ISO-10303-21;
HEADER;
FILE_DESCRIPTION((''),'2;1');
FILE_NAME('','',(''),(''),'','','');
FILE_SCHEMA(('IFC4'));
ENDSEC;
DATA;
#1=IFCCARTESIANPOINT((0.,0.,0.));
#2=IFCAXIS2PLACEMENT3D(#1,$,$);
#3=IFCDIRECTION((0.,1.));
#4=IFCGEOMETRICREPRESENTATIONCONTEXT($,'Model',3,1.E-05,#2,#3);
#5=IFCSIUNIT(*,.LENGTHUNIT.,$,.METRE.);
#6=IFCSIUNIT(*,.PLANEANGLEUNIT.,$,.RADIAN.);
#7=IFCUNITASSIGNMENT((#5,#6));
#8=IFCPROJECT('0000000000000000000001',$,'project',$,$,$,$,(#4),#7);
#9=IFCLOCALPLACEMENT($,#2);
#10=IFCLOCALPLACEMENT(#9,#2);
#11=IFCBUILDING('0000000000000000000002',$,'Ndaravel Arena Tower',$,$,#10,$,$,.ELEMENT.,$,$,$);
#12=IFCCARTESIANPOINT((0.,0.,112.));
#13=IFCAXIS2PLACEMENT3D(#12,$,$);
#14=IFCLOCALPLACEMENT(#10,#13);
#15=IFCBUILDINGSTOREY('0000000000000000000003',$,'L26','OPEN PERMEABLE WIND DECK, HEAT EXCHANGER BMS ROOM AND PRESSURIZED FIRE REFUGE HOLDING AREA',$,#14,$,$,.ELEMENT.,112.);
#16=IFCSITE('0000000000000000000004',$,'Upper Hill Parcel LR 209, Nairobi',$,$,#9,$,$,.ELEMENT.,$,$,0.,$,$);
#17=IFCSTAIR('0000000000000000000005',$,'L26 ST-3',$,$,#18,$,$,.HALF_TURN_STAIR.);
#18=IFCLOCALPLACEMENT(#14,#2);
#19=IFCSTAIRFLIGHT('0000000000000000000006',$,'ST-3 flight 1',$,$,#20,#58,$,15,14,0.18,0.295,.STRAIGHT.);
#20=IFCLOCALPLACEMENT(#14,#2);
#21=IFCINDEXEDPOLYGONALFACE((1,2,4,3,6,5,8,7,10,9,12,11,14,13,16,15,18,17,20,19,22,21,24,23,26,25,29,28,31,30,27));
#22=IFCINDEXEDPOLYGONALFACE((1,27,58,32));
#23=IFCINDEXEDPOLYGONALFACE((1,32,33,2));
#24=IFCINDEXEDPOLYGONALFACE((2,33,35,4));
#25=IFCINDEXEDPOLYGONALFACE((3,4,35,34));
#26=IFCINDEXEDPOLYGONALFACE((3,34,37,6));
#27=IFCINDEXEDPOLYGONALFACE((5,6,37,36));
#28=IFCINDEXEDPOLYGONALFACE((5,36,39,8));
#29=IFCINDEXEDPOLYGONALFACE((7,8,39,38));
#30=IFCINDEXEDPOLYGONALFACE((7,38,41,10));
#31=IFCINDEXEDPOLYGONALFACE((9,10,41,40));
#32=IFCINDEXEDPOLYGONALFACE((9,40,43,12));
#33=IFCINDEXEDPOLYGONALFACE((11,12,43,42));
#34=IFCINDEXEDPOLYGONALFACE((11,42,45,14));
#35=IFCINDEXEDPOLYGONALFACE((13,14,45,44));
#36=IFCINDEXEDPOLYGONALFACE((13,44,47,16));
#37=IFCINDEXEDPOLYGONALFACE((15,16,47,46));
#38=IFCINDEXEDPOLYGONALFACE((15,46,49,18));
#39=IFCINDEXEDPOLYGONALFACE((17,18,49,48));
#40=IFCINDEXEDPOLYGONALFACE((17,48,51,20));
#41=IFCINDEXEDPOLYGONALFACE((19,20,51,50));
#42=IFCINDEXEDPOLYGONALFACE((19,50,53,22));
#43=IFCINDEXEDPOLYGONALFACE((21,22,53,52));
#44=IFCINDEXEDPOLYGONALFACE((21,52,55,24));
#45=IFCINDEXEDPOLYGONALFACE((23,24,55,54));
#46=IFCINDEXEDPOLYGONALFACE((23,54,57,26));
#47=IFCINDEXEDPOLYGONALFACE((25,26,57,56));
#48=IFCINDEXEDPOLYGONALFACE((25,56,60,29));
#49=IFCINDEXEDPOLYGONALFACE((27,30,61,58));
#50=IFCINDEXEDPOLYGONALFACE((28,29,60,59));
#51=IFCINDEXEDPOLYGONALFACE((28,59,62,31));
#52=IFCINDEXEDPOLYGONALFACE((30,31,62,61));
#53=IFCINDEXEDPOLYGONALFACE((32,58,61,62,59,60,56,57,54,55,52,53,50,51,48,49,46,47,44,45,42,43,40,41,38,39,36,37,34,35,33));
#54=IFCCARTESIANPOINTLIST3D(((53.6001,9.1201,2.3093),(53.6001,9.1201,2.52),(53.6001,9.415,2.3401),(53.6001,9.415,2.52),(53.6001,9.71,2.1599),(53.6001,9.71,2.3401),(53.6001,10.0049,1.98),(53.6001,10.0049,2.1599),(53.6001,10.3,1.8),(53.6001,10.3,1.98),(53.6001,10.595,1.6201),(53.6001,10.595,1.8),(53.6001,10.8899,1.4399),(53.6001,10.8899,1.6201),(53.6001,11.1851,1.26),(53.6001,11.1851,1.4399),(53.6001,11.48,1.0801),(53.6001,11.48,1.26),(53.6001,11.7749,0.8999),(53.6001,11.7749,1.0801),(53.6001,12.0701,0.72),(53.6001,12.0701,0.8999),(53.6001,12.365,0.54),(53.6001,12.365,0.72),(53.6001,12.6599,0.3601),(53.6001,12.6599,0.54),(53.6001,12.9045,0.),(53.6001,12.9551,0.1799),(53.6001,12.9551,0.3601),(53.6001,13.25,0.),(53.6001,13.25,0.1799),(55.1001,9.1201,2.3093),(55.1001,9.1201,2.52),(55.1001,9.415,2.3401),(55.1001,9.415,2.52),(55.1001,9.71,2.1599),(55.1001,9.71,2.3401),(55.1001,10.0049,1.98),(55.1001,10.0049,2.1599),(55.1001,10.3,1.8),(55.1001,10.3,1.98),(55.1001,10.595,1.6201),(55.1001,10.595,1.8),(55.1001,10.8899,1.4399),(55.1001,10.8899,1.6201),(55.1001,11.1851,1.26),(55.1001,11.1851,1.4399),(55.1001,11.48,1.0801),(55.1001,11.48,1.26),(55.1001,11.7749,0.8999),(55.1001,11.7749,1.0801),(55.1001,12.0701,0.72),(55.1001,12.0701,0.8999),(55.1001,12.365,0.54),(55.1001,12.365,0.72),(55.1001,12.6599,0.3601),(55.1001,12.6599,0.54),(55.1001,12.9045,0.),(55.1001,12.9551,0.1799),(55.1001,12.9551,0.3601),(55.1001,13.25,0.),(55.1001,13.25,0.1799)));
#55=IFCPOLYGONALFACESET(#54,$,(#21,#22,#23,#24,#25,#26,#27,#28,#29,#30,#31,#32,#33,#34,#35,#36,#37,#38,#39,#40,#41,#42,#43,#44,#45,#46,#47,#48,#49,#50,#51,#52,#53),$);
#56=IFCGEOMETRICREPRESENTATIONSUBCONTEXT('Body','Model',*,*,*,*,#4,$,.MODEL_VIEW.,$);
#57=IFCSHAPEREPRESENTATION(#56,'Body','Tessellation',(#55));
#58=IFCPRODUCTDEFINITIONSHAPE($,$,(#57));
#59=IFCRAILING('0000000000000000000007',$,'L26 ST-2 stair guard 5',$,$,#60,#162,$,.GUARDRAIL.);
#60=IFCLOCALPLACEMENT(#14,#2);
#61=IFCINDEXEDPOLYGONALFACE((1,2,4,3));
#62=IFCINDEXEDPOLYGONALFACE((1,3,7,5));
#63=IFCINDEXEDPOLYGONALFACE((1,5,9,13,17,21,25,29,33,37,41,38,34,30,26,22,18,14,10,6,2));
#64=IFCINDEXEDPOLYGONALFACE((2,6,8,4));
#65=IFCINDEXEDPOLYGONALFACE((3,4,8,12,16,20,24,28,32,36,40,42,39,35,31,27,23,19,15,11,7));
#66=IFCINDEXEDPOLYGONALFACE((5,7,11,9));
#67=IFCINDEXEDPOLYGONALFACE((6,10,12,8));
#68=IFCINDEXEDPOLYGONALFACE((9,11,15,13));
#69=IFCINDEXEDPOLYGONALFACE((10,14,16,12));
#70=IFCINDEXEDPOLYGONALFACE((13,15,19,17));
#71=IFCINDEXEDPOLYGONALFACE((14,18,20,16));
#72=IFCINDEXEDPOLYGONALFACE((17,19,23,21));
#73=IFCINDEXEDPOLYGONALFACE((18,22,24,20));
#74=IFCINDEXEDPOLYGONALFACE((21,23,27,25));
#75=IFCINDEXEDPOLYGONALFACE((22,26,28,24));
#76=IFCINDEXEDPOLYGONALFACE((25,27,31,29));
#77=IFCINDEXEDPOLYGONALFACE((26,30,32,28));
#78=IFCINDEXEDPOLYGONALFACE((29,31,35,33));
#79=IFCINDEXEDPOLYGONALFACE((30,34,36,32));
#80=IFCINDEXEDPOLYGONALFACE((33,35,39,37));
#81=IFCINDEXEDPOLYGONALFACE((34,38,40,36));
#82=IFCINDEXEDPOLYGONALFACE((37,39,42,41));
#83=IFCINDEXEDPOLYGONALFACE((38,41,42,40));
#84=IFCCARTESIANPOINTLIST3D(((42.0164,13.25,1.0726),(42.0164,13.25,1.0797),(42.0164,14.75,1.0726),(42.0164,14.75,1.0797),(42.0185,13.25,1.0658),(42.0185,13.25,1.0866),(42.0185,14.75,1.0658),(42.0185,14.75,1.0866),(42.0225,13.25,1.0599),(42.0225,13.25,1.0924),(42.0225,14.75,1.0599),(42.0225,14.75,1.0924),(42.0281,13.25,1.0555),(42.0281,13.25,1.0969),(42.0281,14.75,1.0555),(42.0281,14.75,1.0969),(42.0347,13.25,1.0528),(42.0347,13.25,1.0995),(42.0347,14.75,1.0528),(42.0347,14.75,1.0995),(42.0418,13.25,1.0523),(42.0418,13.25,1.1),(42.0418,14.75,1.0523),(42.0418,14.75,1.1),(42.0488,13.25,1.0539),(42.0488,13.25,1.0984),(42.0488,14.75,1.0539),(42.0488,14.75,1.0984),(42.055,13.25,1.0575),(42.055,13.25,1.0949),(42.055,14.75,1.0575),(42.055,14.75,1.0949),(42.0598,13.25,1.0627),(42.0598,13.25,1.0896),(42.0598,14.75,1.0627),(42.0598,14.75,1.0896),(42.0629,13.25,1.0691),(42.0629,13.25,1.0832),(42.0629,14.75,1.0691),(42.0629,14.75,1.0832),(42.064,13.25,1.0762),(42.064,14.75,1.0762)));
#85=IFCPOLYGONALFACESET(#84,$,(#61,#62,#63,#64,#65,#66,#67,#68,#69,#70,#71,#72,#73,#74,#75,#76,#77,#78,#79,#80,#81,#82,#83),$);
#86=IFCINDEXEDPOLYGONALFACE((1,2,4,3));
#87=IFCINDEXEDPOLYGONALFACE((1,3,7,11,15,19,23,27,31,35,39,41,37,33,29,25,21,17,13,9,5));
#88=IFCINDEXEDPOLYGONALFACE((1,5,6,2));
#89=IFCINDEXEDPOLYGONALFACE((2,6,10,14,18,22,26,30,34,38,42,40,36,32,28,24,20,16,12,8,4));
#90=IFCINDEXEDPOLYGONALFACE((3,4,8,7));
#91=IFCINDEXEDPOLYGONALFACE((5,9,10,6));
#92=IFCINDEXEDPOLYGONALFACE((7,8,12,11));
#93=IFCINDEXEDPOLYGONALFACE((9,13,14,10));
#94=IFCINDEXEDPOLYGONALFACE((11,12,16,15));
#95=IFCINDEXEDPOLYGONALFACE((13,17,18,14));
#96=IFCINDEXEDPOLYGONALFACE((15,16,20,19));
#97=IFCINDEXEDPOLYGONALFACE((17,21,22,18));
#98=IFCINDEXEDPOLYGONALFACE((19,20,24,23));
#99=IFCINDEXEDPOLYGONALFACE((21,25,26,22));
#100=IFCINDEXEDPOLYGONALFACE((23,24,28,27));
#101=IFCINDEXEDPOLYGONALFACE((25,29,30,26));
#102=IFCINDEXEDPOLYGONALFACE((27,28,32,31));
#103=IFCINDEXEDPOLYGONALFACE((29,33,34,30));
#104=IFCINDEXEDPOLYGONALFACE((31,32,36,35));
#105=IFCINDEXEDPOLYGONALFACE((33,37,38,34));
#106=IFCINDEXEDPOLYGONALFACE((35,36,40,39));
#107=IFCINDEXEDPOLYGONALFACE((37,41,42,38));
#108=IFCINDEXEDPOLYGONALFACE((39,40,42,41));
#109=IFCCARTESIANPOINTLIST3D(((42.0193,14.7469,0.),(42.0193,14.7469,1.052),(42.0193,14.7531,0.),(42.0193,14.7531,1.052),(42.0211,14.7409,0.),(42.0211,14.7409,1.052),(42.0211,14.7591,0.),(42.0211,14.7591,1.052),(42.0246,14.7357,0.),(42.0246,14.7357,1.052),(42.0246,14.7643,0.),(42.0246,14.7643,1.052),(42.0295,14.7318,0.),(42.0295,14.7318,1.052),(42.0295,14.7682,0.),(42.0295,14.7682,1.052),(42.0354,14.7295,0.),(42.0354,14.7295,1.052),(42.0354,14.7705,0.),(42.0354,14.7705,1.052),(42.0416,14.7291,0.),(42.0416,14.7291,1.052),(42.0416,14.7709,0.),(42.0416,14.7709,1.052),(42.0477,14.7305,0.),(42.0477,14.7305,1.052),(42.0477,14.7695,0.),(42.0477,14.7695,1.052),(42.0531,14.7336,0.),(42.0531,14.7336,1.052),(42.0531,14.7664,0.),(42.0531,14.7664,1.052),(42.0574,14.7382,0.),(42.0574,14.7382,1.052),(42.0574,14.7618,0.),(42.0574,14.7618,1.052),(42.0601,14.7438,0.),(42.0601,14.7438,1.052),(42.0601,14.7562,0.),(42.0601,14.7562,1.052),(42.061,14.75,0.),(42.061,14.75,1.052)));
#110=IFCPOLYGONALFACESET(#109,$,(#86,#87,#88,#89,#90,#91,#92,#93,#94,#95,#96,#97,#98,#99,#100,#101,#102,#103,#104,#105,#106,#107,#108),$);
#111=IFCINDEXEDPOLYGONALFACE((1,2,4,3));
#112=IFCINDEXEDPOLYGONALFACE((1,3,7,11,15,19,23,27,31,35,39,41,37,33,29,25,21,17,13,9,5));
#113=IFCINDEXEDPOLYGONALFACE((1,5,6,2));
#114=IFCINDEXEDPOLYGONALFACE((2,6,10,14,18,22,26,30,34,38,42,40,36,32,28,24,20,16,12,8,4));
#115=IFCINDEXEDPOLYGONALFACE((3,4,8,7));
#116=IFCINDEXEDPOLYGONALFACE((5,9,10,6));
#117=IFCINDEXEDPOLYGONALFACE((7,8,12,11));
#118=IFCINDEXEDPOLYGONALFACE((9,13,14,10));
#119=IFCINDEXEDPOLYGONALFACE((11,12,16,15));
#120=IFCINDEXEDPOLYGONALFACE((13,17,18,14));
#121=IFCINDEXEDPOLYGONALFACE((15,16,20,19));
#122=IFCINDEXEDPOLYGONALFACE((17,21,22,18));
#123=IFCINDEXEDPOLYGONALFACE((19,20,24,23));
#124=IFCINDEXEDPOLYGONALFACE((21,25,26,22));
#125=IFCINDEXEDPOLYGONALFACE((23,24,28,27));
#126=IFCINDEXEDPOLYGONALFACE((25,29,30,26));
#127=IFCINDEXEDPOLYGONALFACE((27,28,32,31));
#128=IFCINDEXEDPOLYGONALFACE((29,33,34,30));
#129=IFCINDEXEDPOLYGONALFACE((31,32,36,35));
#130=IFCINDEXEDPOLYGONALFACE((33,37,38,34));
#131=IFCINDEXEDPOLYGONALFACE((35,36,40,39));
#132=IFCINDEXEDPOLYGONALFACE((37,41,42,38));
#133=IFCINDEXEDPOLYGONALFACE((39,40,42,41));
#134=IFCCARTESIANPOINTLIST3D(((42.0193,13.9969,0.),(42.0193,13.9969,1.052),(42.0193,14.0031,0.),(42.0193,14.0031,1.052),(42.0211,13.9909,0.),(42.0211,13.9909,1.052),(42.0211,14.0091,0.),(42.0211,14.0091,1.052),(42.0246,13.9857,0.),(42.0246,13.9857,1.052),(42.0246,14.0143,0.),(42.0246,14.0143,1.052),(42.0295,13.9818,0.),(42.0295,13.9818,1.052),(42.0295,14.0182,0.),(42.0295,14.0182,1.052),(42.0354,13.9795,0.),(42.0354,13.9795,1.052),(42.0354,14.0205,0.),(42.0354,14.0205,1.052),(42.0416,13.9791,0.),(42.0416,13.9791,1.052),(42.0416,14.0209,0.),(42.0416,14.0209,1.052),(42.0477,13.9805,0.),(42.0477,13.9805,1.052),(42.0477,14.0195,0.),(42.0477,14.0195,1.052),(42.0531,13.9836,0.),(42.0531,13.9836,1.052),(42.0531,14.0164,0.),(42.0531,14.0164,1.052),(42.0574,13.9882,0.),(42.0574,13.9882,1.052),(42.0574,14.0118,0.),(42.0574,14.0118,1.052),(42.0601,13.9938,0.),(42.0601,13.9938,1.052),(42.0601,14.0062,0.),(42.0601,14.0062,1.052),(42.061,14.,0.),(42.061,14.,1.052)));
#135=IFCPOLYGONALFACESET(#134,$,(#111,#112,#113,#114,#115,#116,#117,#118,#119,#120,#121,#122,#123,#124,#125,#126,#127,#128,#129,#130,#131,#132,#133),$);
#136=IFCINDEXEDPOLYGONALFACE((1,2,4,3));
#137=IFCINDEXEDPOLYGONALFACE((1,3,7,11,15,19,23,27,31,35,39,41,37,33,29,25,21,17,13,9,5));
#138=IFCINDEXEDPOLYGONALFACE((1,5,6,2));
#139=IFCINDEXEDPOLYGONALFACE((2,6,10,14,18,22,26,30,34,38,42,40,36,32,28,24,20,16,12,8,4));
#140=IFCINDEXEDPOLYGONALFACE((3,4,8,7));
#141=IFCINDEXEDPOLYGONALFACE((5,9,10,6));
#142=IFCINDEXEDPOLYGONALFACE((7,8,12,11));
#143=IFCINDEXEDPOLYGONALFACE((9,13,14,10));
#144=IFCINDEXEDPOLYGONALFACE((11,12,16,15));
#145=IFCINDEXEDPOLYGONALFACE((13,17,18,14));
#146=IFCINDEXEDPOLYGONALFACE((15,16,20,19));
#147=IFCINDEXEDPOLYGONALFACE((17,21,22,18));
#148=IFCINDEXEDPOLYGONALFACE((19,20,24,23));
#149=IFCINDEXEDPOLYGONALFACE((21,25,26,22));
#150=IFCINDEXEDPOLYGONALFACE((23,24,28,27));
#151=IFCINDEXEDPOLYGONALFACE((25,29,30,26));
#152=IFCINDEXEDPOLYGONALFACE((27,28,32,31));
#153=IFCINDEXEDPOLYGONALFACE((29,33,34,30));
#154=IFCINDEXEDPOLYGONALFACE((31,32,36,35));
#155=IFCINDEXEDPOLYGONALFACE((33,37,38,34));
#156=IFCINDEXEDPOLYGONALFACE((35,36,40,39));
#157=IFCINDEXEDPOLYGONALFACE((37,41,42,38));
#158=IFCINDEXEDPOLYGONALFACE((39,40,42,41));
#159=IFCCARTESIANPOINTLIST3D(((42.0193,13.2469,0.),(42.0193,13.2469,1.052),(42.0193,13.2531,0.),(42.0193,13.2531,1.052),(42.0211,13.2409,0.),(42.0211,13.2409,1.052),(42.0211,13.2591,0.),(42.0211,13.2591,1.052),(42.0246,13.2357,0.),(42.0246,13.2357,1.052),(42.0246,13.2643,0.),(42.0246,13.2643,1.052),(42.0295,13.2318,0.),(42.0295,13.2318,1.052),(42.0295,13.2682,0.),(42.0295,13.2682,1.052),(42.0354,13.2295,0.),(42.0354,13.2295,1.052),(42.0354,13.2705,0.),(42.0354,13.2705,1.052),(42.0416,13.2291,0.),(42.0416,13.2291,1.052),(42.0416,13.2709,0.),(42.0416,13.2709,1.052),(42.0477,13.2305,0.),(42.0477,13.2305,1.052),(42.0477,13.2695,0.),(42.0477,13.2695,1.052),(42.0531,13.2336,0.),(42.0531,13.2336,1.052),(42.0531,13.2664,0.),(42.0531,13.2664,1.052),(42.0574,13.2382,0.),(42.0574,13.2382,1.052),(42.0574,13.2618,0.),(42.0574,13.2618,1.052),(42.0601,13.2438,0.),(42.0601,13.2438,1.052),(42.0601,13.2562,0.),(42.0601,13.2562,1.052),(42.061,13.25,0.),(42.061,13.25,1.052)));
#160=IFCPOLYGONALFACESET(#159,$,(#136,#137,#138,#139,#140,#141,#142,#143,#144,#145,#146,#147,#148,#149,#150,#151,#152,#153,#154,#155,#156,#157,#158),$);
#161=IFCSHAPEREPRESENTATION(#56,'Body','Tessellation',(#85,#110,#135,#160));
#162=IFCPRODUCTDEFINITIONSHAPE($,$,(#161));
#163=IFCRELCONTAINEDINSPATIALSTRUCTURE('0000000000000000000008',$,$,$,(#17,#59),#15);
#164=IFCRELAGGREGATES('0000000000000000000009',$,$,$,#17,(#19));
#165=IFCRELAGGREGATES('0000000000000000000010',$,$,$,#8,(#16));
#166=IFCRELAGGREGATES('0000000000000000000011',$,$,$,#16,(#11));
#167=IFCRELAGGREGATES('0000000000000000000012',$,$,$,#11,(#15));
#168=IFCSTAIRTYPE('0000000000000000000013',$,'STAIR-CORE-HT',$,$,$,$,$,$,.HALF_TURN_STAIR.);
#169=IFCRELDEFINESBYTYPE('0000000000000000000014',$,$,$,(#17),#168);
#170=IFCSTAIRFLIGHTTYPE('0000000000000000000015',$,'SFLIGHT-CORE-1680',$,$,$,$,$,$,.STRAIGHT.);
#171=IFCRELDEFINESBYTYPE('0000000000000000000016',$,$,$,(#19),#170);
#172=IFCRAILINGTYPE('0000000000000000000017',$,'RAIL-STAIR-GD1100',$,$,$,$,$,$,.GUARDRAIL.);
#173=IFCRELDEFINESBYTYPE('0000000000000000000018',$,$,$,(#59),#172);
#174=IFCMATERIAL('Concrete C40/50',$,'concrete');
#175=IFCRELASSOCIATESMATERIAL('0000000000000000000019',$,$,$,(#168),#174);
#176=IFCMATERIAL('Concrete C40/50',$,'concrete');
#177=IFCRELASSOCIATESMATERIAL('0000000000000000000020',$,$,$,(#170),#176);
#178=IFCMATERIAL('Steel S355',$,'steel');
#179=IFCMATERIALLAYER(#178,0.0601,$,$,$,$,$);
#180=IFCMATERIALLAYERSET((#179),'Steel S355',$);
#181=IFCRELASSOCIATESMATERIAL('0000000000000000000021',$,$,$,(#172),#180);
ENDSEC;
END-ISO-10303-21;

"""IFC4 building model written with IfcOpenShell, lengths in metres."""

from ifc_helpers import new_model, si_unit, direction, frame, origin, origin_2d, place, context, subcontext, project, spatial, polyline, circle, outline, extrude, material, layer, layer_set, type_object, element, aggregate, save


model = new_model("IFC4")

# Units and contexts
model_context = context("Model", 3, precision=1e-05, world=origin(), true_north=direction((0.0, 1.0)))
body_context = subcontext(model_context, "Body", "Model", "MODEL_VIEW")
ifc_project = project(units=[si_unit("LENGTHUNIT", "METRE"), si_unit("PLANEANGLEUNIT", "RADIAN")], contexts=[model_context])

# Site, building, storey
site_placement = place(None, origin())
site = spatial("IfcSite", under=ifc_project, at=site_placement, Name="Upper Hill Parcel LR 209, Nairobi", CompositionType="ELEMENT", RefElevation=0.0)
building_placement = place(site_placement, origin())
building = spatial("IfcBuilding", under=site, at=building_placement, Name="Ndaravel Arena Tower", CompositionType="ELEMENT")
storey_placement = place(building_placement, frame((0.0, 0.0, 112.0)))
storey = spatial("IfcBuildingStorey", under=building, at=storey_placement, Name="L26", Description="OPEN PERMEABLE WIND DECK, HEAT EXCHANGER BMS ROOM AND PRESSURIZED FIRE REFUGE HOLDING AREA", CompositionType="ELEMENT", Elevation=112.0)

# Stair, stair flight
ifc_material_1 = material(Name="Concrete C40/50", Category="concrete")
stair_type = type_object("IfcStairType", Name="STAIR-CORE-HT", PredefinedType="HALF_TURN_STAIR", material=ifc_material_1)
stair_placement = place(storey_placement, origin())
stair = element("IfcStair", 1, at=stair_placement, inside=storey, type_object=stair_type, Name="L26 ST-3", PredefinedType="HALF_TURN_STAIR")
ifc_material_2 = material(Name="Concrete C40/50", Category="concrete")
stair_flight_type = type_object("IfcStairFlightType", Name="SFLIGHT-CORE-1680", PredefinedType="STRAIGHT", material=ifc_material_2)
stair_flight_placement = place(storey_placement, frame((54.3501, 13.25, 0.0), z_axis=(0.0, 0.0, 1.0), x_axis=(0.0, -1.0, 0.0)))
stair_flight = element("IfcStairFlight", 2, at=stair_flight_placement, type_object=stair_flight_type, Name="ST-3 flight 1", NumberOfRisers=15, NumberOfTreads=14, PredefinedType="STRAIGHT", RiserHeight=0.18, TreadLength=0.295, context=body_context, shape_type="SweptSolid", body=[
    extrude(outline(polyline([(0.0, 0.0), (0.0, 0.1799), (0.2949, 0.1799), (0.2949, 0.3601), (0.5901, 0.3601), (0.5901, 0.54), (0.885, 0.54), (0.885, 0.72), (1.1799, 0.72), (1.1799, 0.8999), (1.4751, 0.8999), (1.4751, 1.0801), (1.77, 1.0801), (1.77, 1.26), (2.0649, 1.26), (2.0649, 1.4399), (2.3601, 1.4399), (2.3601, 1.6201), (2.655, 1.6201), (2.655, 1.8), (2.95, 1.8), (2.95, 1.98), (3.2451, 1.98), (3.2451, 2.1599), (3.54, 2.1599), (3.54, 2.3401), (3.835, 2.3401), (3.835, 2.52), (4.1299, 2.52), (4.1299, 2.7), (4.1299, 2.3093), (0.3455, 0.0), (0.0, 0.0)])), frame((0.0, 0.75, 0.0), z_axis=(0.0, -1.0, 0.0), x_axis=(1.0, 0.0, 0.0)), (0.0, 0.0, 1.0), 1.5),
])
aggregate(stair, [stair_flight])

# Railing
ifc_material_3 = material(Name="Steel S355", Category="steel")
ifc_layer_1 = layer(ifc_material_3, 0.0601)
ifc_layer_set_1 = layer_set([ifc_layer_1], Name="Steel S355")
railing_type_1 = type_object("IfcRailingType", Name="RAIL-STAIR-GD1100", PredefinedType="GUARDRAIL", material=ifc_layer_set_1)
railing_1_placement = place(storey_placement, frame((42.04, 14.75, 0.0)))
element("IfcRailing", 3, at=railing_1_placement, inside=storey, type_object=railing_type_1, Name="L26 ST-2 stair guard 5", PredefinedType="GUARDRAIL", context=body_context, shape_type="SweptSolid", body=[
    extrude(circle(Radius=0.0239, at=origin_2d()), frame((0.0, 0.0, 1.0762), z_axis=(0.0, -1.0, 0.0), x_axis=(1.0, 0.0, 0.0)), (0.0, 0.0, 1.0), 1.5),
    extrude(circle(Radius=0.021, at=origin_2d()), origin(), (0.0, 0.0, 1.0), 1.052),
    extrude(circle(Radius=0.021, at=origin_2d()), frame((0.0, -0.75, 0.0)), (0.0, 0.0, 1.0), 1.052),
    extrude(circle(Radius=0.021, at=origin_2d()), frame((0.0, -1.5, 0.0)), (0.0, 0.0, 1.0), 1.052),
])

save(model, "model.ifc")
